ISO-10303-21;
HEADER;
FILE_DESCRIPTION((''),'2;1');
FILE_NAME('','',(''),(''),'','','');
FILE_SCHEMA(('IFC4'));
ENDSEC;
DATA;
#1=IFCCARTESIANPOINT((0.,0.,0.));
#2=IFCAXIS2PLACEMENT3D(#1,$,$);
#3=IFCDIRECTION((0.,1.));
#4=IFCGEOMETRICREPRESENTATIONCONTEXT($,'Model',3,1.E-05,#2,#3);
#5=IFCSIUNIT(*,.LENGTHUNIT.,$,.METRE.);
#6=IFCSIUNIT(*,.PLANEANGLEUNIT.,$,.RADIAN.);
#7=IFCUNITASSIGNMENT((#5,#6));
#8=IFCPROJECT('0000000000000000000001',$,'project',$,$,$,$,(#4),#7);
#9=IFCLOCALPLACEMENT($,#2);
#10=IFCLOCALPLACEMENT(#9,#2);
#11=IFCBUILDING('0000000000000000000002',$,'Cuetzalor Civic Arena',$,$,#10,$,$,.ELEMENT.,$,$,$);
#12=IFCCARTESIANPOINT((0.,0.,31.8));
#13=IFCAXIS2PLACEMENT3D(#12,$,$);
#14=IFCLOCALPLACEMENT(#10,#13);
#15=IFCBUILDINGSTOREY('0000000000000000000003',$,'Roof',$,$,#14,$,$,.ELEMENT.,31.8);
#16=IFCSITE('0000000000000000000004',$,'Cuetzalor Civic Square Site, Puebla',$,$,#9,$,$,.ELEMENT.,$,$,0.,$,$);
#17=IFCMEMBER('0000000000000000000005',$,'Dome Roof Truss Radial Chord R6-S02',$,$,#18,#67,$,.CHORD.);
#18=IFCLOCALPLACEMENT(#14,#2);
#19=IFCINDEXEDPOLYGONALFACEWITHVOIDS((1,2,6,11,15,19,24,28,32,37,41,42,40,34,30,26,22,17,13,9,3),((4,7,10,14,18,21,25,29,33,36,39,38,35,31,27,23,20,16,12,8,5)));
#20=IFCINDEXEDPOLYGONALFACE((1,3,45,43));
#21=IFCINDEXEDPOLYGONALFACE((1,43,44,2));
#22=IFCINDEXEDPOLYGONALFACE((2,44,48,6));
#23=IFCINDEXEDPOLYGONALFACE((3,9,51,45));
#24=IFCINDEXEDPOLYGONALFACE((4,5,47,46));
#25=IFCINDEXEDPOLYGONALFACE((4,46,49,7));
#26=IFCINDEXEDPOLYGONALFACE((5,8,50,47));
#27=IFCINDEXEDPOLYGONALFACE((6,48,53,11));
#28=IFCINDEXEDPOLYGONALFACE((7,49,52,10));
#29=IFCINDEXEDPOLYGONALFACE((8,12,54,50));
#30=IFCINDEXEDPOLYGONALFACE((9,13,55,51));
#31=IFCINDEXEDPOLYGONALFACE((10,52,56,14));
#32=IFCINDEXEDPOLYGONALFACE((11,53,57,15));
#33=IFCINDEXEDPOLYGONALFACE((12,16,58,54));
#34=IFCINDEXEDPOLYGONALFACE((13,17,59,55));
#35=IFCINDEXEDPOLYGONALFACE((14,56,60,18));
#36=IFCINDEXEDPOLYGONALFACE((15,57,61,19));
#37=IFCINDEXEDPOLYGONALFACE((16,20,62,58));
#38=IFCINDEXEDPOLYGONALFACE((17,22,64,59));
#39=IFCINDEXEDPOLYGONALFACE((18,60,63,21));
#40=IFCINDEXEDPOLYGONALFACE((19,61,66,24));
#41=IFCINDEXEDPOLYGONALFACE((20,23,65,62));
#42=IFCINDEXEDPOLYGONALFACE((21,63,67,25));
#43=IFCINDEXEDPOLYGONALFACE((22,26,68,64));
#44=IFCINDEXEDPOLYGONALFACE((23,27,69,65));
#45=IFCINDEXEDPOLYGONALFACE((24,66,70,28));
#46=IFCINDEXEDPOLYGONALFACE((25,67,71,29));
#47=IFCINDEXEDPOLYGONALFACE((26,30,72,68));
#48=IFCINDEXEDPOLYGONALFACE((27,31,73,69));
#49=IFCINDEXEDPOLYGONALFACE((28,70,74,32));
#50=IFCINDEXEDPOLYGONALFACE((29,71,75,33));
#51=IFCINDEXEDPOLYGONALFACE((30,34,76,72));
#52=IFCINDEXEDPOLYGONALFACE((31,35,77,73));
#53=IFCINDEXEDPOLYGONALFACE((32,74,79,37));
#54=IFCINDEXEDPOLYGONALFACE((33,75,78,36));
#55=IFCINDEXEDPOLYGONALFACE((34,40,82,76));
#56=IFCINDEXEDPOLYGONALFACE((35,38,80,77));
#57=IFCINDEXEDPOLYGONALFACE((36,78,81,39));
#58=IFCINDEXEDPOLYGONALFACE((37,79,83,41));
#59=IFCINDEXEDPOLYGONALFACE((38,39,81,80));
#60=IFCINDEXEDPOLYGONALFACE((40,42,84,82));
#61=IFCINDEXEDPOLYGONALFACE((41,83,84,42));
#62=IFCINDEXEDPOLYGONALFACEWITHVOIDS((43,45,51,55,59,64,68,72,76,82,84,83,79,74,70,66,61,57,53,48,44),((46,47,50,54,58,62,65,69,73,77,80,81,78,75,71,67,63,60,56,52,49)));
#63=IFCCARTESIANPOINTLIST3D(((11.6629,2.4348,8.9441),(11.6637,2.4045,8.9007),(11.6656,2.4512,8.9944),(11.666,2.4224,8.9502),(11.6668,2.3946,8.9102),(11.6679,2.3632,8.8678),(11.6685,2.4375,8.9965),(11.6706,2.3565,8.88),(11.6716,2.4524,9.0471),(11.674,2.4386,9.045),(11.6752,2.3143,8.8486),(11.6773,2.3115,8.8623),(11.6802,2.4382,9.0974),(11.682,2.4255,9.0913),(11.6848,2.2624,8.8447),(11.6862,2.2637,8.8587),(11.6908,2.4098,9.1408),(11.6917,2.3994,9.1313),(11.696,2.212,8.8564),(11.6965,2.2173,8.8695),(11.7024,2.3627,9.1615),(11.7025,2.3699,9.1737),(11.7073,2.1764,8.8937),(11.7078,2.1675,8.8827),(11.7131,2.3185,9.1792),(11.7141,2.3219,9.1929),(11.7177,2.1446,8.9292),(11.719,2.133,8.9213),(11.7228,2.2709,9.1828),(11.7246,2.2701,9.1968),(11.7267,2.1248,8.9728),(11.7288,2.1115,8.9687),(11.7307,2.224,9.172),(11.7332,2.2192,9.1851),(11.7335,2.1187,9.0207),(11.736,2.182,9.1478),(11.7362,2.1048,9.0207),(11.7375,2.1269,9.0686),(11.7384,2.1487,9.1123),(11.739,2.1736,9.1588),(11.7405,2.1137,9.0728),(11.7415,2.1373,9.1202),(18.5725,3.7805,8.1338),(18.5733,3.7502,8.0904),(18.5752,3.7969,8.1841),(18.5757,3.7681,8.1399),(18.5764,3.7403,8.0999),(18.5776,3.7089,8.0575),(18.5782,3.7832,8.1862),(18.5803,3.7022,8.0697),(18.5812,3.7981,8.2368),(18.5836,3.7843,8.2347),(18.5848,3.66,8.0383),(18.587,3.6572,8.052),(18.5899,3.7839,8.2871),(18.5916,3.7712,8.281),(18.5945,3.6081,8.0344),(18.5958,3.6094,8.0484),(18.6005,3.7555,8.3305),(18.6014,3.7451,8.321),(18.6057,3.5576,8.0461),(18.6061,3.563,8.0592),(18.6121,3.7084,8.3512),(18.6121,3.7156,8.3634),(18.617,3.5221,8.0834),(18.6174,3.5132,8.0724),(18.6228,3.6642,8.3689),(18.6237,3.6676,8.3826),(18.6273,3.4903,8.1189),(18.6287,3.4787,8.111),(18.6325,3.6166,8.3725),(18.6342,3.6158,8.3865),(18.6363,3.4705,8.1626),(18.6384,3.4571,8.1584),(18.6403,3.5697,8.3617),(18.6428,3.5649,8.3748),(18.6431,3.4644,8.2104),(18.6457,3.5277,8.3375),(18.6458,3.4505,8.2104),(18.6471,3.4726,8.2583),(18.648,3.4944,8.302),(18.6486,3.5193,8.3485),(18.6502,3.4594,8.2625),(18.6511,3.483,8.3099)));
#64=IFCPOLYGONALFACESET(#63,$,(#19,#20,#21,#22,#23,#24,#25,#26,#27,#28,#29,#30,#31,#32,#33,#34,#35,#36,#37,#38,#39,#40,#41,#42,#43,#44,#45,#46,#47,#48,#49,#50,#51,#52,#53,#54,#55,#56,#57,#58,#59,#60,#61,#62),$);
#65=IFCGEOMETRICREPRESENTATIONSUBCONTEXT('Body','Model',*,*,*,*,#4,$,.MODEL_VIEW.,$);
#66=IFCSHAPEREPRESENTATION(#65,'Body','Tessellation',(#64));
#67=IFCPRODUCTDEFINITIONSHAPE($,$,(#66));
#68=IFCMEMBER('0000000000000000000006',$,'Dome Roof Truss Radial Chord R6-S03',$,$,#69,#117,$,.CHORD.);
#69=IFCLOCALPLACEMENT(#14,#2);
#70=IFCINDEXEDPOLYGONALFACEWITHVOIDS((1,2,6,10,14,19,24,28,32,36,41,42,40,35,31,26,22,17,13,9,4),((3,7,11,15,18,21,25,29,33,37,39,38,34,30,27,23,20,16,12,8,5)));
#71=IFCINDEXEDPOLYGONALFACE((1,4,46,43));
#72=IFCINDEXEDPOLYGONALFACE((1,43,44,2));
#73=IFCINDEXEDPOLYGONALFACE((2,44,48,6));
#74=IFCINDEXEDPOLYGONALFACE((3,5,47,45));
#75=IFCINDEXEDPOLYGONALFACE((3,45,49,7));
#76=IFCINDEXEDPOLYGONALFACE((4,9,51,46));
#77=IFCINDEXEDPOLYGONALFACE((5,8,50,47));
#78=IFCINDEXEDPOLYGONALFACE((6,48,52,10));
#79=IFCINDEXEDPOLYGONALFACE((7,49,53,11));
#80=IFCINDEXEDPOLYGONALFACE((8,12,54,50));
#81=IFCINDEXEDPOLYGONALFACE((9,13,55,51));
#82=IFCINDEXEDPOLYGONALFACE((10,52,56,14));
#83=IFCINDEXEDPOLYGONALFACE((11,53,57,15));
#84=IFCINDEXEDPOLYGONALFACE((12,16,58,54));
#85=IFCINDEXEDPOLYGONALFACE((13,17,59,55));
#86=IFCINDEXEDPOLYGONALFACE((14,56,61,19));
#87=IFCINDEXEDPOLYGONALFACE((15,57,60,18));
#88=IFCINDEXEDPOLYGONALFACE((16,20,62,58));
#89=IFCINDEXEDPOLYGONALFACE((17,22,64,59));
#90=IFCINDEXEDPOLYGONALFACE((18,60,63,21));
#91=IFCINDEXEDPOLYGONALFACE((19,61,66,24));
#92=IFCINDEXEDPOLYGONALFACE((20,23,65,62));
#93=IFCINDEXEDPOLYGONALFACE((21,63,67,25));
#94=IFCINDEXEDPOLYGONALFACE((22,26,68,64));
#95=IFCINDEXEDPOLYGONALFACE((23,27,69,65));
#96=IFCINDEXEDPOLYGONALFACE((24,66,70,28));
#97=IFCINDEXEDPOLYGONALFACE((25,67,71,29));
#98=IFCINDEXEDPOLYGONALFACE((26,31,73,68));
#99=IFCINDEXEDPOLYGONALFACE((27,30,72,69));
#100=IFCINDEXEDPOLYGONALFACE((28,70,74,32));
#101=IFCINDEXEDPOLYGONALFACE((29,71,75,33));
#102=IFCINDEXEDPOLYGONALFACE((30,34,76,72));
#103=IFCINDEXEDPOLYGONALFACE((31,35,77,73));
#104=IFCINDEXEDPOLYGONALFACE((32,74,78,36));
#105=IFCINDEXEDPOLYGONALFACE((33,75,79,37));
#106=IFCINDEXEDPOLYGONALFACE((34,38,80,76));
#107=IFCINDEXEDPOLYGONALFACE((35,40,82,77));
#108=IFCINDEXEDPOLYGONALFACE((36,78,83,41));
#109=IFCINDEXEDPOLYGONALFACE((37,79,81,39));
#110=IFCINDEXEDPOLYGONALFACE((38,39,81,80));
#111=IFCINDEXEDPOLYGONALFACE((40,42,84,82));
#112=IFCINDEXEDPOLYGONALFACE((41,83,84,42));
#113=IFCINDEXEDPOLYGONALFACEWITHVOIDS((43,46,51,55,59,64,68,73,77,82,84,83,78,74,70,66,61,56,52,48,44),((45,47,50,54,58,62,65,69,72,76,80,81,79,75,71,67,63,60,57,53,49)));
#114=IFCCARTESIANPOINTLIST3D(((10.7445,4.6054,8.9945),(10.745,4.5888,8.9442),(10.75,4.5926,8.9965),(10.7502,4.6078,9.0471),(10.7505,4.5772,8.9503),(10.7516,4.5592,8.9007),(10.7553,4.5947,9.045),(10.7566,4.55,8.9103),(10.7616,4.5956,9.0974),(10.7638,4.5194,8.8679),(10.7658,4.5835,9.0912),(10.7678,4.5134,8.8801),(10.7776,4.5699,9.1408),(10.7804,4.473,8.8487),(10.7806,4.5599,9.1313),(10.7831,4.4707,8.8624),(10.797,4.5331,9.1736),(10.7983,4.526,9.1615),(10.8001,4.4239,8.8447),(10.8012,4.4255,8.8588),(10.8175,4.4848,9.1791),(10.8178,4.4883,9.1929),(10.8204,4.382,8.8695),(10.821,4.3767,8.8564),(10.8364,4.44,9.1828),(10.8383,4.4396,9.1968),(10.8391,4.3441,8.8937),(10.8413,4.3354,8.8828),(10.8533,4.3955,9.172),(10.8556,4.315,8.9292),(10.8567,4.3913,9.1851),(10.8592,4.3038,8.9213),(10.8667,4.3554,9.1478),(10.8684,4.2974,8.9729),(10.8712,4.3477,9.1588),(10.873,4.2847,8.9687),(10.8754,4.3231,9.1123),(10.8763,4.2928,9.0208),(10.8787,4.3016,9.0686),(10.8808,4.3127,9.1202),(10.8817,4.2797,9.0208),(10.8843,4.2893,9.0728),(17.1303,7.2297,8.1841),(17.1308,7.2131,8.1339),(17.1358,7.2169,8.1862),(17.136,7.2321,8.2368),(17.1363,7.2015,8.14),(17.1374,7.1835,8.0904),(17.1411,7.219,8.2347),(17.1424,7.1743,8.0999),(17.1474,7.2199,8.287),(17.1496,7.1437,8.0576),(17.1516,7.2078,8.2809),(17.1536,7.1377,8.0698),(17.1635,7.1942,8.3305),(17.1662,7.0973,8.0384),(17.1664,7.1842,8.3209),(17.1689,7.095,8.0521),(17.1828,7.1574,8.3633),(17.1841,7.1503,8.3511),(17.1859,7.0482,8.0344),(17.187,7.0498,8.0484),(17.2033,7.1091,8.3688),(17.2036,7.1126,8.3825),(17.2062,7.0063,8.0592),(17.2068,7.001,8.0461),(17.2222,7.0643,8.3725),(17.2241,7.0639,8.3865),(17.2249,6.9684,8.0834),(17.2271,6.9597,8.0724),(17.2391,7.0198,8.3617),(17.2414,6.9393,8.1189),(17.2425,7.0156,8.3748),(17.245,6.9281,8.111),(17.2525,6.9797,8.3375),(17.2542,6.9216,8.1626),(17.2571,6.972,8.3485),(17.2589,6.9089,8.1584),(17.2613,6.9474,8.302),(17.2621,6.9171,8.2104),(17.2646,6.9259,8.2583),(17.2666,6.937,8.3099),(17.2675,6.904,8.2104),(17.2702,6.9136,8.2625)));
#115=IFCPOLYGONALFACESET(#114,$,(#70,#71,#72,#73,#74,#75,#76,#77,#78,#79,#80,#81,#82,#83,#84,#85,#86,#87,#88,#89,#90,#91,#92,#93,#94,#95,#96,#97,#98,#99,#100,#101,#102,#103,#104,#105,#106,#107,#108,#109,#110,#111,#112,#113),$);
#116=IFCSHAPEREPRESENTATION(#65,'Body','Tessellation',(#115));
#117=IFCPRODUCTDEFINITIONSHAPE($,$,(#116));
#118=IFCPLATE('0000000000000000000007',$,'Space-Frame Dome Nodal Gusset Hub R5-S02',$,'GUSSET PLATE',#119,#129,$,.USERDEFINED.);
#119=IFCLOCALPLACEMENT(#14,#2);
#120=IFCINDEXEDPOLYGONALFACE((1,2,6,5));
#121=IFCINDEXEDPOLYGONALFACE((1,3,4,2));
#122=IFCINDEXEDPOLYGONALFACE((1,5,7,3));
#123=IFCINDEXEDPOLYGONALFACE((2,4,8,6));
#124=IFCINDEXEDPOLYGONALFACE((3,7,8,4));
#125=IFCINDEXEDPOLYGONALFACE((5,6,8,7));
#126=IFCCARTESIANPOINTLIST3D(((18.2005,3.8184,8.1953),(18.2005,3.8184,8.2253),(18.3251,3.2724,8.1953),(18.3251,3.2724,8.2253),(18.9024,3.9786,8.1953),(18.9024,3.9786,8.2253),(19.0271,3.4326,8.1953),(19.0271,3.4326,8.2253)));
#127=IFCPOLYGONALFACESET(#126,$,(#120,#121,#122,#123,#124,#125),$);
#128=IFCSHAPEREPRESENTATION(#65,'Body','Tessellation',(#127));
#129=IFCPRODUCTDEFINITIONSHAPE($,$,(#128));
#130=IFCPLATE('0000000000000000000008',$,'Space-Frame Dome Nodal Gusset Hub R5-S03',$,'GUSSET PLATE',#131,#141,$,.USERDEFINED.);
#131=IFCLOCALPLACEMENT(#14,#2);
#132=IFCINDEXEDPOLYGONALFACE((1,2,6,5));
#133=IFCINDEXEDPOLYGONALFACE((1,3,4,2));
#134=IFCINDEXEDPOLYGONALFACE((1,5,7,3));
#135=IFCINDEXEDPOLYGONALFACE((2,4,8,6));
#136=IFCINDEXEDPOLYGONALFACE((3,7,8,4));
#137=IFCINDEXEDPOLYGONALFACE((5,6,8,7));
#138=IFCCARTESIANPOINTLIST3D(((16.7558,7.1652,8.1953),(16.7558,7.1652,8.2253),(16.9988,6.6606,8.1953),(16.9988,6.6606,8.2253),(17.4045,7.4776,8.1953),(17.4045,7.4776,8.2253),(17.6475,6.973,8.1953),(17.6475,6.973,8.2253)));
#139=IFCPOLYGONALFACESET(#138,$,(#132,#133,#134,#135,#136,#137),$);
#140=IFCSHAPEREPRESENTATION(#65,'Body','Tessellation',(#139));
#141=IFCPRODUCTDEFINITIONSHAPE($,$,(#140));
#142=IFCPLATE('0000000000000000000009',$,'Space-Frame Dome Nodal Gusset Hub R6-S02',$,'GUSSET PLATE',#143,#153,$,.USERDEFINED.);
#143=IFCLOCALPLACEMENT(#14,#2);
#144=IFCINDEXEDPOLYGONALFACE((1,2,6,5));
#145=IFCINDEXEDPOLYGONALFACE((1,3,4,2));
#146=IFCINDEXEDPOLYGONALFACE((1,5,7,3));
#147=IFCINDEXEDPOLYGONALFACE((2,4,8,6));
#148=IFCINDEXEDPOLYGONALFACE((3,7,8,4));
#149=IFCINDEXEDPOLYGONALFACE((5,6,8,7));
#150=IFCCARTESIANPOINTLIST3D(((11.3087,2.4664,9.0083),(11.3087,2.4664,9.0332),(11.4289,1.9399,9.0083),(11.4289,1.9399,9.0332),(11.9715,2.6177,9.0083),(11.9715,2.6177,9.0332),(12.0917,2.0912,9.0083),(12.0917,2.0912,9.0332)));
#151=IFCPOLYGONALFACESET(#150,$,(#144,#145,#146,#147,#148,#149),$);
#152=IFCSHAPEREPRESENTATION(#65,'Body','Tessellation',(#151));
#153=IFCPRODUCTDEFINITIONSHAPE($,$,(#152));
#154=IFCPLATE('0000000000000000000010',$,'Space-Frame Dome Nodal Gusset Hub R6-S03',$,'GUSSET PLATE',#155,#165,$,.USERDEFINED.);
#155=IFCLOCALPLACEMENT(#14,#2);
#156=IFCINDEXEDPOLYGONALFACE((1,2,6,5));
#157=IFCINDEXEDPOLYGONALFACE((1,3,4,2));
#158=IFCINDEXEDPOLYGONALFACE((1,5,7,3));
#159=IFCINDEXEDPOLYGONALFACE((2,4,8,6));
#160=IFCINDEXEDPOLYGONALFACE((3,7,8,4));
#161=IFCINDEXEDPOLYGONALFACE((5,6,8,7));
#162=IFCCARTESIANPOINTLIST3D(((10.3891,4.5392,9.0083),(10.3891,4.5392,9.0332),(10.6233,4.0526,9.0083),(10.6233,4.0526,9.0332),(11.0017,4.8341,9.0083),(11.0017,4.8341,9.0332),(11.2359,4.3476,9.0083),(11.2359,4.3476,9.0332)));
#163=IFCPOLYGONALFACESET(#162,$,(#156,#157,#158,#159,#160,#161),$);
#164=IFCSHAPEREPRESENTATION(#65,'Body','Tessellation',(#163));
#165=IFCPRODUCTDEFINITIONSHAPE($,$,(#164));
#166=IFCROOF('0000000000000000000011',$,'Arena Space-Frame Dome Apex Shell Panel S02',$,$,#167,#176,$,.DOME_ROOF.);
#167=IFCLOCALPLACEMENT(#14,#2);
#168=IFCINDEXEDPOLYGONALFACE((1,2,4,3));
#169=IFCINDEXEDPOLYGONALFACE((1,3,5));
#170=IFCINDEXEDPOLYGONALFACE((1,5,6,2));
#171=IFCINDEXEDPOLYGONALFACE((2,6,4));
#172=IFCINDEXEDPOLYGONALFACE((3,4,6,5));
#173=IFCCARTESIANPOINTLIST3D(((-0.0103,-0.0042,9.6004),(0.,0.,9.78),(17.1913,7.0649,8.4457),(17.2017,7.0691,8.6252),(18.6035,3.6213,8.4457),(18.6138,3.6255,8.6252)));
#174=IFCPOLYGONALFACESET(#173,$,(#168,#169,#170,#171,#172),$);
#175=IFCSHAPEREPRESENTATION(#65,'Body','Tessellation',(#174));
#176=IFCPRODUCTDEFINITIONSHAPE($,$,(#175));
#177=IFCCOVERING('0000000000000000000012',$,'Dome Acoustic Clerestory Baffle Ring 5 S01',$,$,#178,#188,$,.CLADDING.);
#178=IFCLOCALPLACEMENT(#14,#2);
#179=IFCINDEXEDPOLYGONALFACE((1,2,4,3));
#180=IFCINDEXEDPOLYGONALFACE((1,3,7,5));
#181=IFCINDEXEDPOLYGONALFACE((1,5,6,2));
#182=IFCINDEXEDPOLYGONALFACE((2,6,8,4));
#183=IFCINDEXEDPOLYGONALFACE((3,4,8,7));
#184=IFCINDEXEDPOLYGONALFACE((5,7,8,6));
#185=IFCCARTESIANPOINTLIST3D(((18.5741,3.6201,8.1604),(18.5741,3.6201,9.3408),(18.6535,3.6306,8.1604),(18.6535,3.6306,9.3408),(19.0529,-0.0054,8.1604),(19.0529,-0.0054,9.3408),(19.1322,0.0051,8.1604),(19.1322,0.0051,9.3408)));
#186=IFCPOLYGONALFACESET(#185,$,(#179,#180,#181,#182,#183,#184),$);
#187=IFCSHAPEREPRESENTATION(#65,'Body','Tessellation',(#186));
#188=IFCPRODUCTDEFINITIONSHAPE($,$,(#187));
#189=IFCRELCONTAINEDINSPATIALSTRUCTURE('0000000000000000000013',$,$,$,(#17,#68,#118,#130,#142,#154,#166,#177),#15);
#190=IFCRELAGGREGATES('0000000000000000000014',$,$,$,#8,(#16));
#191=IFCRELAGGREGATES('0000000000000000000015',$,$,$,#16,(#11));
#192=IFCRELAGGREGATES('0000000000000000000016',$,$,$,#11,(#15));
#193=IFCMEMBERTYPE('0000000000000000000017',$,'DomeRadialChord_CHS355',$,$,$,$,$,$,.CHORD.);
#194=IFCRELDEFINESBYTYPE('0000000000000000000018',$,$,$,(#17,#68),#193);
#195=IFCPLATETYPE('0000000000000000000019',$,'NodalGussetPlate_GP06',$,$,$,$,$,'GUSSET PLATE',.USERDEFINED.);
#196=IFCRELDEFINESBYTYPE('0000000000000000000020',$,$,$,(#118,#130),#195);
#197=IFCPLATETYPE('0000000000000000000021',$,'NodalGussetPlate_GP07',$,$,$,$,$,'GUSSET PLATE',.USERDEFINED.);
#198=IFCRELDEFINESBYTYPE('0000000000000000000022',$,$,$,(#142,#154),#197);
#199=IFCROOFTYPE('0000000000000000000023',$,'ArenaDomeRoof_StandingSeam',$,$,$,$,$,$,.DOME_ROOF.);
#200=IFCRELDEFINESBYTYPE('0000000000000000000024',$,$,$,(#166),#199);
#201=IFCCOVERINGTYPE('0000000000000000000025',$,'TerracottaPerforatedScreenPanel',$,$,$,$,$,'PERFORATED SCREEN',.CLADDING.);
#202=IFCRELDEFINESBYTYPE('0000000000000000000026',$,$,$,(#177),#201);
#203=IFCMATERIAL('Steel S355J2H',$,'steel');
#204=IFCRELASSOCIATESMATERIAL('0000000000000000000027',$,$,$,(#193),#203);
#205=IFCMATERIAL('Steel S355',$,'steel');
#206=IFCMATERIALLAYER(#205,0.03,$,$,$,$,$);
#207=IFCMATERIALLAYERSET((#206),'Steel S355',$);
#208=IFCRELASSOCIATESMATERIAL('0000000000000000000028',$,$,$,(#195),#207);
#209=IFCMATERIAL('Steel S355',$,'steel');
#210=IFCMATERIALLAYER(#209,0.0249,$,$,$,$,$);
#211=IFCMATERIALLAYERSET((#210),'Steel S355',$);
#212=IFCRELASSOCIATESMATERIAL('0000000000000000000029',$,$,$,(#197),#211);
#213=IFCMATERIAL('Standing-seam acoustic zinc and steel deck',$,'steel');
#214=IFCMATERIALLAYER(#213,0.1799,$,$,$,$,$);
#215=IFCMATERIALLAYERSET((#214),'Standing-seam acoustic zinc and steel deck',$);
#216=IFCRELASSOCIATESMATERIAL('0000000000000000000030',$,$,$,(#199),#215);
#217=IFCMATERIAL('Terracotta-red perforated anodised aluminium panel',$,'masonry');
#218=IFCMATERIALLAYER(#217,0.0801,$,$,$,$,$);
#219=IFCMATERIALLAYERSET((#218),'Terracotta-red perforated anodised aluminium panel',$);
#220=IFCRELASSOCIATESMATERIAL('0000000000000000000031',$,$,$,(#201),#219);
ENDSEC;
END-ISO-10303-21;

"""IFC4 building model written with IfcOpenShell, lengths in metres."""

from ifc_helpers import new_model, si_unit, direction, frame, frame_2d, origin, origin_2d, place, context, subcontext, project, spatial, polyline, rectangle, hollow_circle, outline, extrude, material, layer, layer_set, material_profile, profile_set, type_object, element, save


model = new_model("IFC4")

# Units and contexts
model_context = context("Model", 3, precision=1e-05, world=origin(), true_north=direction((0.0, 1.0)))
body_context = subcontext(model_context, "Body", "Model", "MODEL_VIEW")
ifc_project = project(units=[si_unit("LENGTHUNIT", "METRE"), si_unit("PLANEANGLEUNIT", "RADIAN")], contexts=[model_context])

# Site, building, storey
site_placement = place(None, origin())
site = spatial("IfcSite", under=ifc_project, at=site_placement, Name="Cuetzalor Civic Square Site, Puebla", CompositionType="ELEMENT", RefElevation=0.0)
building_placement = place(site_placement, origin())
building = spatial("IfcBuilding", under=site, at=building_placement, Name="Cuetzalor Civic Arena", CompositionType="ELEMENT")
storey_placement = place(building_placement, frame((0.0, 0.0, 31.8)))
storey = spatial("IfcBuildingStorey", under=building, at=storey_placement, Name="Roof", CompositionType="ELEMENT", Elevation=31.8)

# Members
ifc_material_1 = material(Name="Steel S355J2H", Category="steel")
ifc_material_profile_1 = material_profile(ifc_material_1, hollow_circle(Radius=0.1777, WallThickness=0.0142, at=origin_2d()), Name="CHS 355.6x14.2")
ifc_profile_set_1 = profile_set([ifc_material_profile_1], Name="Steel S355J2H")
member_type_1 = type_object("IfcMemberType", Name="DomeRadialChord_CHS355", PredefinedType="CHORD", material=ifc_profile_set_1)
member_1_placement = place(storey_placement, frame((18.6118, 3.625, 8.2104), z_axis=(-0.975119, -0.189911, 0.114353), x_axis=(0.191165, -0.981558, 0.0)))
element("IfcMember", 1, at=member_1_placement, inside=storey, type_object=member_type_1, Name="Dome Roof Truss Radial Chord R6-S02", PredefinedType="CHORD", context=body_context, shape_type="SweptSolid", body=[
    extrude(hollow_circle(Radius=0.1777, WallThickness=0.0142, at=origin_2d()), origin(), (0.0, 0.0, 1.0), 7.0859),
])
member_2_placement = place(storey_placement, frame((17.2, 7.0684, 8.2104), z_axis=(-0.918635, -0.37752, 0.116568), x_axis=(0.380111, -0.924941, 0.0)))
element("IfcMember", 2, at=member_2_placement, inside=storey, type_object=member_type_1, Name="Dome Roof Truss Radial Chord R6-S03", PredefinedType="CHORD", context=body_context, shape_type="SweptSolid", body=[
    extrude(hollow_circle(Radius=0.1777, WallThickness=0.0142, at=origin_2d()), origin(), (0.0, 0.0, 1.0), 6.9514),
])

# Plates
ifc_material_2 = material(Name="Steel S355", Category="steel")
ifc_layer_1 = layer(ifc_material_2, 0.03)
ifc_layer_set_1 = layer_set([ifc_layer_1], Name="Steel S355")
plate_type_1 = type_object("IfcPlateType", Name="NodalGussetPlate_GP06", ElementType="GUSSET PLATE", PredefinedType="USERDEFINED", material=ifc_layer_set_1)
for number, where, z_axis, x_axis, name in (
    (3, (18.6138, 3.6255, 8.1953), (0.0, 0.0, 1.0), (0.974917, 0.22257, 0.0), "Space-Frame Dome Nodal Gusset Hub R5-S02"),
    (4, (17.2017, 7.0691, 8.1953), (0.0, 0.0, 1.0), (0.901001, 0.433816, 0.0), "Space-Frame Dome Nodal Gusset Hub R5-S03"),
):
    element("IfcPlate", number, at=place(storey_placement, frame(where, z_axis=z_axis, x_axis=x_axis)), inside=storey, type_object=plate_type_1, Name=name, ObjectType="GUSSET PLATE", PredefinedType="USERDEFINED", context=body_context, shape_type="SweptSolid", body=[
        extrude(rectangle(XDim=0.72, YDim=0.5601, at=origin_2d()), origin(), (0.0, 0.0, 1.0), 0.03),
    ])
ifc_material_3 = material(Name="Steel S355", Category="steel")
ifc_layer_2 = layer(ifc_material_3, 0.0249)
ifc_layer_set_2 = layer_set([ifc_layer_2], Name="Steel S355")
plate_type_2 = type_object("IfcPlateType", Name="NodalGussetPlate_GP07", ElementType="GUSSET PLATE", PredefinedType="USERDEFINED", material=ifc_layer_set_2)
for number, where, z_axis, x_axis, name in (
    (5, (11.7002, 2.2788, 9.0083), (0.0, 0.0, 1.0), (0.974917, 0.22257, 0.0), "Space-Frame Dome Nodal Gusset Hub R6-S02"),
    (6, (10.8125, 4.4434, 9.0083), (0.0, 0.0, 1.0), (0.901001, 0.433816, 0.0), "Space-Frame Dome Nodal Gusset Hub R6-S03"),
):
    element("IfcPlate", number, at=place(storey_placement, frame(where, z_axis=z_axis, x_axis=x_axis)), inside=storey, type_object=plate_type_2, Name=name, ObjectType="GUSSET PLATE", PredefinedType="USERDEFINED", context=body_context, shape_type="SweptSolid", body=[
        extrude(rectangle(XDim=0.6799, YDim=0.54, at=origin_2d()), origin(), (0.0, 0.0, 1.0), 0.0249),
    ])

# Roof
ifc_material_4 = material(Name="Standing-seam acoustic zinc and steel deck", Category="steel")
ifc_layer_3 = layer(ifc_material_4, 0.1799)
ifc_layer_set_3 = layer_set([ifc_layer_3], Name="Standing-seam acoustic zinc and steel deck")
roof_type = type_object("IfcRoofType", Name="ArenaDomeRoof_StandingSeam", PredefinedType="DOME_ROOF", material=ifc_layer_set_3)
roof_placement = place(storey_placement, frame((18.6138, 3.6255, 8.6252), z_axis=(0.05734, 0.023513, 0.998078), x_axis=(-0.379407, 0.92523, 0.0)))
element("IfcRoof", 7, at=roof_placement, inside=storey, type_object=roof_type, Name="Arena Space-Frame Dome Apex Shell Panel S02", PredefinedType="DOME_ROOF", context=body_context, shape_type="SweptSolid", body=[
    extrude(outline(polyline([(0.0, 0.0), (3.7219, 0.0), (3.7078, 18.6334), (0.0, 0.0)])), origin(), (0.0, 0.0, -1.0), 0.1799),
])

# Covering
ifc_material_5 = material(Name="Terracotta-red perforated anodised aluminium panel", Category="masonry")
ifc_layer_4 = layer(ifc_material_5, 0.0801)
ifc_layer_set_4 = layer_set([ifc_layer_4], Name="Terracotta-red perforated anodised aluminium panel")
covering_type = type_object("IfcCoveringType", Name="TerracottaPerforatedScreenPanel", ElementType="PERFORATED SCREEN", PredefinedType="CLADDING", material=ifc_layer_set_4)
covering_1_placement = place(storey_placement, frame((18.6138, 3.6255, 8.1604), z_axis=(0.0, 0.0, 1.0), x_axis=(0.130917, -0.991393, 0.0)))
element("IfcCovering", 8, at=covering_1_placement, inside=storey, type_object=covering_type, Name="Dome Acoustic Clerestory Baffle Ring 5 S01", PredefinedType="CLADDING", context=body_context, shape_type="SweptSolid", body=[
    extrude(rectangle(XDim=3.657, YDim=0.0801, at=frame_2d((1.8286, 0.0))), origin(), (0.0, 0.0, 1.0), 1.1804),
])

save(model, "model.ifc")
